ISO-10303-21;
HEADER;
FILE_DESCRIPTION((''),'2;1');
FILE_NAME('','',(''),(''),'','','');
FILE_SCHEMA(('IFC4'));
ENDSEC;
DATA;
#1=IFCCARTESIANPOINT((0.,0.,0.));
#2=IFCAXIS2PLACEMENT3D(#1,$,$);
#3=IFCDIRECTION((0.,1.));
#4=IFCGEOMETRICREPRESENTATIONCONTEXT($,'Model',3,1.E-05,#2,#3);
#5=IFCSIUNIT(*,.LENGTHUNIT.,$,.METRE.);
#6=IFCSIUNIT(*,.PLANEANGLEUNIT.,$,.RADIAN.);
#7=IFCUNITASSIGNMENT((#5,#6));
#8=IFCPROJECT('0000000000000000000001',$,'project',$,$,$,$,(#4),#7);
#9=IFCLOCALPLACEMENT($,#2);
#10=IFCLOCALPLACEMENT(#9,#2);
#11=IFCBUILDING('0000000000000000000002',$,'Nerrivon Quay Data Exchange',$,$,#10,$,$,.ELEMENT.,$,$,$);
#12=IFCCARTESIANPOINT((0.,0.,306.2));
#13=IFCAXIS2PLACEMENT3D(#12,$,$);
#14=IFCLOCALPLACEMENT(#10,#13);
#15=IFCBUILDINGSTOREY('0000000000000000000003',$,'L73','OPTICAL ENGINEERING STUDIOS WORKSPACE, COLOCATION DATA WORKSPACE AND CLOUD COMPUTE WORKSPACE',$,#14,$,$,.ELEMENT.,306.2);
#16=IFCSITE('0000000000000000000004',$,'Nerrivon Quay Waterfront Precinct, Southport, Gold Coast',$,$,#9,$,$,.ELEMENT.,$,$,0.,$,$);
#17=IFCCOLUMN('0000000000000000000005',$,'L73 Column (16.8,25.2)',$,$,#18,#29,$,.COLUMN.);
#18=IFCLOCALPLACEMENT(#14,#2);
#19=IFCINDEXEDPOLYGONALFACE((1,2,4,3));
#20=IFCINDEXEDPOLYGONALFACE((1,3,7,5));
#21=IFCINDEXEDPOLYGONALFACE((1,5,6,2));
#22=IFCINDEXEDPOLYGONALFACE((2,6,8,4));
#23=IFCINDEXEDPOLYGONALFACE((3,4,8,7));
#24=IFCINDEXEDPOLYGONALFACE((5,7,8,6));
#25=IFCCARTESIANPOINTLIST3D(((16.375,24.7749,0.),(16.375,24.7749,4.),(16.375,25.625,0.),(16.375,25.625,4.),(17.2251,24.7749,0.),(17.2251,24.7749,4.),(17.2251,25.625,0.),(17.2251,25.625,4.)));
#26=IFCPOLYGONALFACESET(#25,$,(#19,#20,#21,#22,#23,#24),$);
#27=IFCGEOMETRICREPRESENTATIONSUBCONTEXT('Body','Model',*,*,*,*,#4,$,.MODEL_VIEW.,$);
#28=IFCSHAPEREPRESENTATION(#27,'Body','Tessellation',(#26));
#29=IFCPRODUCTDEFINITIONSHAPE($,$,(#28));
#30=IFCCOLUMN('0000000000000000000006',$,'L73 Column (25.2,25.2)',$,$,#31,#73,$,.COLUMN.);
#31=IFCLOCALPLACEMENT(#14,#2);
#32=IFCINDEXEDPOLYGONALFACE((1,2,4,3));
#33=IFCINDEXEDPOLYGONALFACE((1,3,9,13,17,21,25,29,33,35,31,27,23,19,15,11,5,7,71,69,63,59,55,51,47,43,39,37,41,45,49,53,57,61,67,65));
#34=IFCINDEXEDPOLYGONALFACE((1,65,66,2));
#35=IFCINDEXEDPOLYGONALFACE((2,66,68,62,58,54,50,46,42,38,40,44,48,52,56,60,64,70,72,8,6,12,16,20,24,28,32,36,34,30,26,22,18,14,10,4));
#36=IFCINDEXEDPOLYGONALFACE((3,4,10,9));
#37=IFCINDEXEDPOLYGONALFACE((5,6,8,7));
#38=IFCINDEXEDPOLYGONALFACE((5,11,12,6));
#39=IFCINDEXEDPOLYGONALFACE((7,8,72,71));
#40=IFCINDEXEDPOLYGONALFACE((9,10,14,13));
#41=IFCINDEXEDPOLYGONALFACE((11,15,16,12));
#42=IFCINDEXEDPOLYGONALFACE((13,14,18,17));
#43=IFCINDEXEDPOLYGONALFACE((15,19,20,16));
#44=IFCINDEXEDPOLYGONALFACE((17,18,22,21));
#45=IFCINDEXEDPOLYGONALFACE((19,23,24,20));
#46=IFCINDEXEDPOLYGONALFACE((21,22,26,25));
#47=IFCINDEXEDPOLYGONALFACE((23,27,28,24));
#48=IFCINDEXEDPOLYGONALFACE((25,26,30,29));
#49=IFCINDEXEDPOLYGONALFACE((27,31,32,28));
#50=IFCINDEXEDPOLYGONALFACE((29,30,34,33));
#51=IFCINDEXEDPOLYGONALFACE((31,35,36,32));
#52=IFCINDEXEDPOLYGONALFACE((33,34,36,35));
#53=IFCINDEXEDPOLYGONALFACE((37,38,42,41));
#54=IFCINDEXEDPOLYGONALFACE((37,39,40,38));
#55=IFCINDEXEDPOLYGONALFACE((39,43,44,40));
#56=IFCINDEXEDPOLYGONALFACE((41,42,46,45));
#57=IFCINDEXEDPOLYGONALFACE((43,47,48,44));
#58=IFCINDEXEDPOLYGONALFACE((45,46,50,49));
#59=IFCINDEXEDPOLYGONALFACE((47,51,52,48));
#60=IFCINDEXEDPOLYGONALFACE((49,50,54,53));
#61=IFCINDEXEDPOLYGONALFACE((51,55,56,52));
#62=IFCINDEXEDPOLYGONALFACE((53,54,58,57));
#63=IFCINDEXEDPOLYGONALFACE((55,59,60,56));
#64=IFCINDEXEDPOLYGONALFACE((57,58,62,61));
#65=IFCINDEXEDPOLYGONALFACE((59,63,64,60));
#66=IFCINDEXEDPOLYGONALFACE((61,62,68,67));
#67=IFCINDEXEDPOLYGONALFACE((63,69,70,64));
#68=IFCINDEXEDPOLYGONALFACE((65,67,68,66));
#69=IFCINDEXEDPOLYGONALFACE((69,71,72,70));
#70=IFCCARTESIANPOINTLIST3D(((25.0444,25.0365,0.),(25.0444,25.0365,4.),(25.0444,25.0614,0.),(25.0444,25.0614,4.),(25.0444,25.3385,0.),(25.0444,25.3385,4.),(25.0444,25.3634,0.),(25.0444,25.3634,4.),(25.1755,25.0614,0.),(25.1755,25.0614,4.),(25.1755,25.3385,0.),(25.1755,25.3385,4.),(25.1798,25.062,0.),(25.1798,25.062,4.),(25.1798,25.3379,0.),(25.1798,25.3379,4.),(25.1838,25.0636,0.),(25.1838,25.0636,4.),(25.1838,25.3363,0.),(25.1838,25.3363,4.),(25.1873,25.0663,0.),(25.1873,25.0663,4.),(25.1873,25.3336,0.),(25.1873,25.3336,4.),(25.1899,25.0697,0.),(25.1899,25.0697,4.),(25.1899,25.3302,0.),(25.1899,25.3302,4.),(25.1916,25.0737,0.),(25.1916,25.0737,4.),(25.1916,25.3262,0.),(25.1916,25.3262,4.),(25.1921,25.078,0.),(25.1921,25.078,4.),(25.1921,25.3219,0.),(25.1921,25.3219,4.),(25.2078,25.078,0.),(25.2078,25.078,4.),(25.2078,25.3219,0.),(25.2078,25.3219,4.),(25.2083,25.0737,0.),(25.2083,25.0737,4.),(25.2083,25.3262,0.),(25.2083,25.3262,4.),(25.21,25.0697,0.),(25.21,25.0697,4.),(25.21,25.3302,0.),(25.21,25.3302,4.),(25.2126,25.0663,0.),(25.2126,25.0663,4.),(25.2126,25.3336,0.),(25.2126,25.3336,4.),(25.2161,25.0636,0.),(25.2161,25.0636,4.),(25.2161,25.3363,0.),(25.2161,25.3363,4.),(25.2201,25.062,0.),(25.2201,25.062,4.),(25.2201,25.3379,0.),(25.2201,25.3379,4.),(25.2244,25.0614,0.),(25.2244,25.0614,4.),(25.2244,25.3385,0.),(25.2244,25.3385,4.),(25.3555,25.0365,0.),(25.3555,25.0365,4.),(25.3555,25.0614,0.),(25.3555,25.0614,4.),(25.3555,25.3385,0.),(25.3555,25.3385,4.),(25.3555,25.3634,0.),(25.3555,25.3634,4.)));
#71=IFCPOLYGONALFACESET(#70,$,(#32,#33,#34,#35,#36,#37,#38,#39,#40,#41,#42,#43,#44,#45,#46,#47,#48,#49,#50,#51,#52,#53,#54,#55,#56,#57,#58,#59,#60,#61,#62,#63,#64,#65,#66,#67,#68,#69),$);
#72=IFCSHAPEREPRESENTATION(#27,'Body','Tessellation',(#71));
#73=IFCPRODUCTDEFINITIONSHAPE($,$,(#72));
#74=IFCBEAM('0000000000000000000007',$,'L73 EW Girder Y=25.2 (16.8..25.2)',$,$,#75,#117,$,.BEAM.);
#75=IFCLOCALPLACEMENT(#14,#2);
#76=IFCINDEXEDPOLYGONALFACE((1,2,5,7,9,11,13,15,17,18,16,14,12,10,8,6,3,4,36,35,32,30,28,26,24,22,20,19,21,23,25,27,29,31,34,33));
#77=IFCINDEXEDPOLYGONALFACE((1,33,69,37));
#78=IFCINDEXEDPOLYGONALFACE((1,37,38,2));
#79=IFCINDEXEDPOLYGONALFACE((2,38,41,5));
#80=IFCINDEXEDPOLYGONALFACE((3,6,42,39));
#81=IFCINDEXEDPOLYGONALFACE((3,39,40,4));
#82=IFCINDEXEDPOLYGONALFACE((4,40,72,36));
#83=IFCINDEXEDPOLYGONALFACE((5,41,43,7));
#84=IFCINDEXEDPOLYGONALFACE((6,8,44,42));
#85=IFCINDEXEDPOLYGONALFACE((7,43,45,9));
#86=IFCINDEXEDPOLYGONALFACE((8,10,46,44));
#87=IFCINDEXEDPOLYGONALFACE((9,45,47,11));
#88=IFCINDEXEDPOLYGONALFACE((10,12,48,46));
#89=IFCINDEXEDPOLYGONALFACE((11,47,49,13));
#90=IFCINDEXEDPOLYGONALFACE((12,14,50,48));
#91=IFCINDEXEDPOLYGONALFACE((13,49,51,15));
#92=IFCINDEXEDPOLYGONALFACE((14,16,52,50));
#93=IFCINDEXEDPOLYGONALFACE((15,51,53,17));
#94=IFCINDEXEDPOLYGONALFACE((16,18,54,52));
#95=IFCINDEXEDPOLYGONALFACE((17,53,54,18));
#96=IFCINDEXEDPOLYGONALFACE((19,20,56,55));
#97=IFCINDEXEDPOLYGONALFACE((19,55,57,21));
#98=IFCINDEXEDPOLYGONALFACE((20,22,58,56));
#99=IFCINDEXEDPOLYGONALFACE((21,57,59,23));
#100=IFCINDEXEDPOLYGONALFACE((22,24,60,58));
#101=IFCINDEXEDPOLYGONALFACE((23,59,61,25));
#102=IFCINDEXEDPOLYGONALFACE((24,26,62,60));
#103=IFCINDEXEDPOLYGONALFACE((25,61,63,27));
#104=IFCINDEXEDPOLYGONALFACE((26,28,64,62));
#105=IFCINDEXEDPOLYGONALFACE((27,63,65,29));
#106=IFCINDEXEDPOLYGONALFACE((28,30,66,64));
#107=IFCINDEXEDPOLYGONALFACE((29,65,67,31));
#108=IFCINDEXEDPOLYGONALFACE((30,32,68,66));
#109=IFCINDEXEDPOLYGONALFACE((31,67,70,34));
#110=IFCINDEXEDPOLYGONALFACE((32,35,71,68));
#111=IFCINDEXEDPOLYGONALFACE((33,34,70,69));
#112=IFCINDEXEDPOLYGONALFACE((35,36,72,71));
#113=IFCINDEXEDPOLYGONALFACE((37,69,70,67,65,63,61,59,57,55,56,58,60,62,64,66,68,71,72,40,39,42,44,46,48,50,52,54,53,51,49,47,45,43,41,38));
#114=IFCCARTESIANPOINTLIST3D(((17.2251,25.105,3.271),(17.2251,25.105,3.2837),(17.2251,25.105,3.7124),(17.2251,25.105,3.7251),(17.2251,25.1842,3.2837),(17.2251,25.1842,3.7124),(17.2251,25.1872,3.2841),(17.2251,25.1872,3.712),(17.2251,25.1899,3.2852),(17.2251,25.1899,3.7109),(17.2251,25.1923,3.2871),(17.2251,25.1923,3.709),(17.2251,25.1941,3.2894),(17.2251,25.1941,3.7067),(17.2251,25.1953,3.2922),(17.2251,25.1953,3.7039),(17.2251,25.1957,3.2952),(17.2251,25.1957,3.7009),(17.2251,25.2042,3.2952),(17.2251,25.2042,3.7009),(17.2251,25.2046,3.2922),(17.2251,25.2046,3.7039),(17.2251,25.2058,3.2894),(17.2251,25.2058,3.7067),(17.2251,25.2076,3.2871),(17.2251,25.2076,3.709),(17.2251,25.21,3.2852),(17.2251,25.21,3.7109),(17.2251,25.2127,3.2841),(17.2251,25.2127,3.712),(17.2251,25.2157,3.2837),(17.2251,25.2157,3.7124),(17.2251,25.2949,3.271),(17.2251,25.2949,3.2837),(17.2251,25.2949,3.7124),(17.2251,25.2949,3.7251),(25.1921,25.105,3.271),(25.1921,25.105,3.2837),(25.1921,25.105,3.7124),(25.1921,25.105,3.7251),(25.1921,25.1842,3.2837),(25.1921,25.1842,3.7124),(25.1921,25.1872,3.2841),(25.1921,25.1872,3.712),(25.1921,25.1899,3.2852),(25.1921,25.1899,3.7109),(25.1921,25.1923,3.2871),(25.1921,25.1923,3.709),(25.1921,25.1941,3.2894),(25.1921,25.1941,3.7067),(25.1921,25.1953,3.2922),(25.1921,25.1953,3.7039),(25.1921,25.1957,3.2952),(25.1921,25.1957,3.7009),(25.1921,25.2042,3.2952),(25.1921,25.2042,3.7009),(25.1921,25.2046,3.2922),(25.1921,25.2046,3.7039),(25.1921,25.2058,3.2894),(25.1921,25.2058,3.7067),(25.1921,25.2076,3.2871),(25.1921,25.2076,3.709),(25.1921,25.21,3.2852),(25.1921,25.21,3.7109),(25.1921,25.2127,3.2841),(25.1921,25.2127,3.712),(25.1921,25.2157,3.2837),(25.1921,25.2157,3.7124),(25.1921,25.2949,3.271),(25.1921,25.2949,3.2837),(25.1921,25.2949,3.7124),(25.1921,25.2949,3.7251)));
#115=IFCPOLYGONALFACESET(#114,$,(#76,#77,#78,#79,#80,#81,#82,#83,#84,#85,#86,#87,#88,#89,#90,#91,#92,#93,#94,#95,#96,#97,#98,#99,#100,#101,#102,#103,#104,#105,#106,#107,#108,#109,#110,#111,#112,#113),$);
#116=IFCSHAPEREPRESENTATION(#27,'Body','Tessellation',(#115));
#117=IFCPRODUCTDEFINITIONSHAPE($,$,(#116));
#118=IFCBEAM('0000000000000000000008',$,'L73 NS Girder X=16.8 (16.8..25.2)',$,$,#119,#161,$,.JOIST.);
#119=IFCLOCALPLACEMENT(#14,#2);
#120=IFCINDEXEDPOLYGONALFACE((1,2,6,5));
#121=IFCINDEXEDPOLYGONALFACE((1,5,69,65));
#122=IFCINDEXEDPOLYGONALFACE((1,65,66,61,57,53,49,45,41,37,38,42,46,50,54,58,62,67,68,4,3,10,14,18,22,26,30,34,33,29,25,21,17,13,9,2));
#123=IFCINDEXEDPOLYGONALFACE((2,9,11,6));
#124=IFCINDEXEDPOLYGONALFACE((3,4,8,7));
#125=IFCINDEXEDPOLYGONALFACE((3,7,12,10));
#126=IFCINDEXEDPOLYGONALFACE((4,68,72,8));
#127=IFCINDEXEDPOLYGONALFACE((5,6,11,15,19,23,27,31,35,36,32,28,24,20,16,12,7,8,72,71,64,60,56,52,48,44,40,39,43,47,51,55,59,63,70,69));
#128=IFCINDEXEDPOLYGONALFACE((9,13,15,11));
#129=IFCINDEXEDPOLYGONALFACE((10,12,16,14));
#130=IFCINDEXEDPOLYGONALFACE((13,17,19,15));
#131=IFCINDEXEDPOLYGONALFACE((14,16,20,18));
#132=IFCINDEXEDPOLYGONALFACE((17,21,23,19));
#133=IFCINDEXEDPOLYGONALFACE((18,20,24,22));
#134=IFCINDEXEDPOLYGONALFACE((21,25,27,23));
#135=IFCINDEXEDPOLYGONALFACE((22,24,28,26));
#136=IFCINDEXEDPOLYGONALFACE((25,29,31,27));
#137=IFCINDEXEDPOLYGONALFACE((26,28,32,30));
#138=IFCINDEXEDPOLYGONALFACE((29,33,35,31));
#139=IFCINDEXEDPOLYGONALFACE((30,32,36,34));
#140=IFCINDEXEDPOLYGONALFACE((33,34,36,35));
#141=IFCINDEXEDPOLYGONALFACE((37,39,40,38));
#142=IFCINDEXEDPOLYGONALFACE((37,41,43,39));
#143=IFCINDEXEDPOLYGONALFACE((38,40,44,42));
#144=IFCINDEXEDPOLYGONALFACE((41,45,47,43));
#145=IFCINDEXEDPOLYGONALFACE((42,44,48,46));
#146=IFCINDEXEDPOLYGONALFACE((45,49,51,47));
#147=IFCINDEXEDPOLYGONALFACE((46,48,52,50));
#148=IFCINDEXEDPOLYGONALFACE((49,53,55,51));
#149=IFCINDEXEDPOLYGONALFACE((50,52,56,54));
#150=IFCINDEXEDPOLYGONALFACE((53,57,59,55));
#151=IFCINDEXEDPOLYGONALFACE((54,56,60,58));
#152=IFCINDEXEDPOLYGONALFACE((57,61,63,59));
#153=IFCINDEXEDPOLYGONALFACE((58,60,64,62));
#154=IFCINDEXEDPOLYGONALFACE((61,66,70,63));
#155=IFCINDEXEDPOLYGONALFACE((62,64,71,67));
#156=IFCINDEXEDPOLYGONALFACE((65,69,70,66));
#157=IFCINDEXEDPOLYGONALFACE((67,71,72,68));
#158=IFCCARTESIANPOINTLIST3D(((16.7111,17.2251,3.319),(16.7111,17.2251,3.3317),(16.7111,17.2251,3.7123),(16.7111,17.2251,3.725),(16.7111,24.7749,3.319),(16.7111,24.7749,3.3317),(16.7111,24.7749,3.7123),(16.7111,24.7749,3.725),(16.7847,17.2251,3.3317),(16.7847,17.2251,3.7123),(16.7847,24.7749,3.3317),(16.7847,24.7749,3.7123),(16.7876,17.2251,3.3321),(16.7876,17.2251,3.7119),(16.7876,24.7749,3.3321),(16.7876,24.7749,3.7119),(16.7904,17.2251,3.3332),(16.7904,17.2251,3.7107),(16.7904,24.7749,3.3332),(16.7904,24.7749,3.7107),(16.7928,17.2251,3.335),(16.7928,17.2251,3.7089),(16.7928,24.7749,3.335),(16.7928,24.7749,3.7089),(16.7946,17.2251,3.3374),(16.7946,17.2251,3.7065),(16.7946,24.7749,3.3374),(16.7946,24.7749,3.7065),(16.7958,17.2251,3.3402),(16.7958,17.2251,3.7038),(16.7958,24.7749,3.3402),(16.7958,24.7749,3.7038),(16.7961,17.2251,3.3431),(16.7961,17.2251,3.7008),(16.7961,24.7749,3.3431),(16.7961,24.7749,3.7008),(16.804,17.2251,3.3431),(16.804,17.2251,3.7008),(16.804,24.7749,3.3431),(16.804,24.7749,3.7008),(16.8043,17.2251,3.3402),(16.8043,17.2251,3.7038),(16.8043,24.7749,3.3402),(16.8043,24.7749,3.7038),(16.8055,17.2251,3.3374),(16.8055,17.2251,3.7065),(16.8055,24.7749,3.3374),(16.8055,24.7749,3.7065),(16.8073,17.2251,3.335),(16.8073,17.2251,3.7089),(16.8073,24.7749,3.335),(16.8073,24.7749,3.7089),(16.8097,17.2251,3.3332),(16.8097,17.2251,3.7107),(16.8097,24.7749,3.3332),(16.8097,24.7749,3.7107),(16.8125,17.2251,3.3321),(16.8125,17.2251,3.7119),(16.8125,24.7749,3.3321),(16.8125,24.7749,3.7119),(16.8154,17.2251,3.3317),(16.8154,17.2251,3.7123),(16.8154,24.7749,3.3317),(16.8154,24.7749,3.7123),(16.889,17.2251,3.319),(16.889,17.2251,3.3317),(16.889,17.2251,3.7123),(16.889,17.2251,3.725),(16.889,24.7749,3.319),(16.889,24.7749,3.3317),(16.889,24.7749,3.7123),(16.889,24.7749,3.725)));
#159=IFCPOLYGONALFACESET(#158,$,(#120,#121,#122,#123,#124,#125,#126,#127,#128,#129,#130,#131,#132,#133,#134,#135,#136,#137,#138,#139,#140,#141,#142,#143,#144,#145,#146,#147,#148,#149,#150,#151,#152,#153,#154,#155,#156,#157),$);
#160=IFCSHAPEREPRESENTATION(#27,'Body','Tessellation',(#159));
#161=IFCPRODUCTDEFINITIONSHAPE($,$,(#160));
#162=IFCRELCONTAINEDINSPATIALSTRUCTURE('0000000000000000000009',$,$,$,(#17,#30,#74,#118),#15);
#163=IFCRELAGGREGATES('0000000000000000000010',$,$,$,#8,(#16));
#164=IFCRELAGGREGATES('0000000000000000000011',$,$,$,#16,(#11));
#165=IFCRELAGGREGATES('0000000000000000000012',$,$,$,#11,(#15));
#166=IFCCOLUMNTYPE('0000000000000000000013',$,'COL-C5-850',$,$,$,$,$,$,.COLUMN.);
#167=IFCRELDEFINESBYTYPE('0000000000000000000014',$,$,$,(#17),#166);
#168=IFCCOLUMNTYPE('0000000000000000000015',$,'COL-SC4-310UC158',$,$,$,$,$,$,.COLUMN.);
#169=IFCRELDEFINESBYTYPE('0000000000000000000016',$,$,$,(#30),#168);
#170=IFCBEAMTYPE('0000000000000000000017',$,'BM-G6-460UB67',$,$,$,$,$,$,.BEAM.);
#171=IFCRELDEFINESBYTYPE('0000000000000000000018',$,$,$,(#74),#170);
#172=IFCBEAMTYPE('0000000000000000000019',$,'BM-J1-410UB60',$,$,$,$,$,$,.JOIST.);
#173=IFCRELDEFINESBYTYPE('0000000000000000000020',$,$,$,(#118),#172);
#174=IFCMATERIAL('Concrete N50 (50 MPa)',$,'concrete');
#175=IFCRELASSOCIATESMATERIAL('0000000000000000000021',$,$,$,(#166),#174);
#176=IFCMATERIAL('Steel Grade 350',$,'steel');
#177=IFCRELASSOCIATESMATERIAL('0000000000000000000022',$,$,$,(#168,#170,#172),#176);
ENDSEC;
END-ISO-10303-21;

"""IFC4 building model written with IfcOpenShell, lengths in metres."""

from ifc_helpers import new_model, si_unit, direction, frame, origin, origin_2d, place, context, subcontext, project, spatial, rectangle, i_section, extrude, material, material_profile, profile_set, type_object, element, save


model = new_model("IFC4")

# Units and contexts
model_context = context("Model", 3, precision=1e-05, world=origin(), true_north=direction((0.0, 1.0)))
body_context = subcontext(model_context, "Body", "Model", "MODEL_VIEW")
ifc_project = project(units=[si_unit("LENGTHUNIT", "METRE"), si_unit("PLANEANGLEUNIT", "RADIAN")], contexts=[model_context])

# Site, building, storey
site_placement = place(None, origin())
site = spatial("IfcSite", under=ifc_project, at=site_placement, Name="Nerrivon Quay Waterfront Precinct, Southport, Gold Coast", CompositionType="ELEMENT", RefElevation=0.0)
building_placement = place(site_placement, origin())
building = spatial("IfcBuilding", under=site, at=building_placement, Name="Nerrivon Quay Data Exchange", CompositionType="ELEMENT")
storey_placement = place(building_placement, frame((0.0, 0.0, 306.2)))
storey = spatial("IfcBuildingStorey", under=building, at=storey_placement, Name="L73", Description="OPTICAL ENGINEERING STUDIOS WORKSPACE, COLOCATION DATA WORKSPACE AND CLOUD COMPUTE WORKSPACE", CompositionType="ELEMENT", Elevation=306.2)

# Columns
ifc_material_1 = material(Name="Concrete N50 (50 MPa)", Category="concrete")
ifc_material_profile_1 = material_profile(ifc_material_1, rectangle(XDim=0.8501, YDim=0.8501, at=origin_2d()), Name="RC-COL-850x850")
ifc_profile_set_1 = profile_set([ifc_material_profile_1], Name="Concrete N50 (50 MPa)")
column_type_1 = type_object("IfcColumnType", Name="COL-C5-850", PredefinedType="COLUMN", material=ifc_profile_set_1)
column_1_placement = place(storey_placement, frame((16.8, 25.2, 0.0), z_axis=(0.0, 0.0, 1.0), x_axis=(1.0, 0.0, 0.0)))
element("IfcColumn", 1, at=column_1_placement, inside=storey, type_object=column_type_1, Name="L73 Column (16.8,25.2)", PredefinedType="COLUMN", context=body_context, shape_type="SweptSolid", body=[
    extrude(rectangle(XDim=0.8501, YDim=0.8501, at=origin_2d()), origin(), (0.0, 0.0, 1.0), 4.0),
])
ifc_material_2 = material(Name="Steel Grade 350", Category="steel")
ifc_material_profile_2 = material_profile(ifc_material_2, i_section(OverallWidth=0.311, OverallDepth=0.3269, WebThickness=0.0156, FlangeThickness=0.0249, FilletRadius=0.0166, at=origin_2d()), Name="310UC158")
ifc_profile_set_2 = profile_set([ifc_material_profile_2], Name="Steel Grade 350")
column_type_2 = type_object("IfcColumnType", Name="COL-SC4-310UC158", PredefinedType="COLUMN", material=ifc_profile_set_2)
column_2_placement = place(storey_placement, frame((25.2, 25.2, 0.0), z_axis=(0.0, 0.0, 1.0), x_axis=(1.0, 0.0, 0.0)))
element("IfcColumn", 2, at=column_2_placement, inside=storey, type_object=column_type_2, Name="L73 Column (25.2,25.2)", PredefinedType="COLUMN", context=body_context, shape_type="SweptSolid", body=[
    extrude(i_section(OverallWidth=0.311, OverallDepth=0.3269, WebThickness=0.0156, FlangeThickness=0.0249, FilletRadius=0.0166, at=origin_2d()), origin(), (0.0, 0.0, 1.0), 4.0),
])

# Beams
ifc_material_profile_3 = material_profile(ifc_material_2, i_section(OverallWidth=0.1899, OverallDepth=0.4541, WebThickness=0.0085, FlangeThickness=0.0127, FilletRadius=0.0115, at=origin_2d()), Name="460UB67.1")
ifc_profile_set_3 = profile_set([ifc_material_profile_3], Name="Steel Grade 350")
beam_type_1 = type_object("IfcBeamType", Name="BM-G6-460UB67", PredefinedType="BEAM", material=ifc_profile_set_3)
beam_1_placement = place(storey_placement, frame((17.2251, 25.2, 3.498), z_axis=(1.0, 0.0, 0.0), x_axis=(0.0, 1.0, 0.0)))
element("IfcBeam", 3, at=beam_1_placement, inside=storey, type_object=beam_type_1, Name="L73 EW Girder Y=25.2 (16.8..25.2)", PredefinedType="BEAM", context=body_context, shape_type="SweptSolid", body=[
    extrude(i_section(OverallWidth=0.1899, OverallDepth=0.4541, WebThickness=0.0085, FlangeThickness=0.0127, FilletRadius=0.0115, at=origin_2d()), origin(), (0.0, 0.0, 1.0), 7.967),
])
ifc_material_profile_4 = material_profile(ifc_material_2, i_section(OverallWidth=0.178, OverallDepth=0.406, WebThickness=0.0078, FlangeThickness=0.0127, FilletRadius=0.0115, at=origin_2d()), Name="410UB59.7")
ifc_profile_set_4 = profile_set([ifc_material_profile_4], Name="Steel Grade 350")
beam_type_2 = type_object("IfcBeamType", Name="BM-J1-410UB60", PredefinedType="JOIST", material=ifc_profile_set_4)
beam_2_placement = place(storey_placement, frame((16.8, 17.2251, 3.522), z_axis=(0.0, 1.0, 0.0), x_axis=(-1.0, 0.0, 0.0)))
element("IfcBeam", 4, at=beam_2_placement, inside=storey, type_object=beam_type_2, Name="L73 NS Girder X=16.8 (16.8..25.2)", PredefinedType="JOIST", context=body_context, shape_type="SweptSolid", body=[
    extrude(i_section(OverallWidth=0.178, OverallDepth=0.406, WebThickness=0.0078, FlangeThickness=0.0127, FilletRadius=0.0115, at=origin_2d()), origin(), (0.0, 0.0, 1.0), 7.5498),
])

save(model, "model.ifc")
